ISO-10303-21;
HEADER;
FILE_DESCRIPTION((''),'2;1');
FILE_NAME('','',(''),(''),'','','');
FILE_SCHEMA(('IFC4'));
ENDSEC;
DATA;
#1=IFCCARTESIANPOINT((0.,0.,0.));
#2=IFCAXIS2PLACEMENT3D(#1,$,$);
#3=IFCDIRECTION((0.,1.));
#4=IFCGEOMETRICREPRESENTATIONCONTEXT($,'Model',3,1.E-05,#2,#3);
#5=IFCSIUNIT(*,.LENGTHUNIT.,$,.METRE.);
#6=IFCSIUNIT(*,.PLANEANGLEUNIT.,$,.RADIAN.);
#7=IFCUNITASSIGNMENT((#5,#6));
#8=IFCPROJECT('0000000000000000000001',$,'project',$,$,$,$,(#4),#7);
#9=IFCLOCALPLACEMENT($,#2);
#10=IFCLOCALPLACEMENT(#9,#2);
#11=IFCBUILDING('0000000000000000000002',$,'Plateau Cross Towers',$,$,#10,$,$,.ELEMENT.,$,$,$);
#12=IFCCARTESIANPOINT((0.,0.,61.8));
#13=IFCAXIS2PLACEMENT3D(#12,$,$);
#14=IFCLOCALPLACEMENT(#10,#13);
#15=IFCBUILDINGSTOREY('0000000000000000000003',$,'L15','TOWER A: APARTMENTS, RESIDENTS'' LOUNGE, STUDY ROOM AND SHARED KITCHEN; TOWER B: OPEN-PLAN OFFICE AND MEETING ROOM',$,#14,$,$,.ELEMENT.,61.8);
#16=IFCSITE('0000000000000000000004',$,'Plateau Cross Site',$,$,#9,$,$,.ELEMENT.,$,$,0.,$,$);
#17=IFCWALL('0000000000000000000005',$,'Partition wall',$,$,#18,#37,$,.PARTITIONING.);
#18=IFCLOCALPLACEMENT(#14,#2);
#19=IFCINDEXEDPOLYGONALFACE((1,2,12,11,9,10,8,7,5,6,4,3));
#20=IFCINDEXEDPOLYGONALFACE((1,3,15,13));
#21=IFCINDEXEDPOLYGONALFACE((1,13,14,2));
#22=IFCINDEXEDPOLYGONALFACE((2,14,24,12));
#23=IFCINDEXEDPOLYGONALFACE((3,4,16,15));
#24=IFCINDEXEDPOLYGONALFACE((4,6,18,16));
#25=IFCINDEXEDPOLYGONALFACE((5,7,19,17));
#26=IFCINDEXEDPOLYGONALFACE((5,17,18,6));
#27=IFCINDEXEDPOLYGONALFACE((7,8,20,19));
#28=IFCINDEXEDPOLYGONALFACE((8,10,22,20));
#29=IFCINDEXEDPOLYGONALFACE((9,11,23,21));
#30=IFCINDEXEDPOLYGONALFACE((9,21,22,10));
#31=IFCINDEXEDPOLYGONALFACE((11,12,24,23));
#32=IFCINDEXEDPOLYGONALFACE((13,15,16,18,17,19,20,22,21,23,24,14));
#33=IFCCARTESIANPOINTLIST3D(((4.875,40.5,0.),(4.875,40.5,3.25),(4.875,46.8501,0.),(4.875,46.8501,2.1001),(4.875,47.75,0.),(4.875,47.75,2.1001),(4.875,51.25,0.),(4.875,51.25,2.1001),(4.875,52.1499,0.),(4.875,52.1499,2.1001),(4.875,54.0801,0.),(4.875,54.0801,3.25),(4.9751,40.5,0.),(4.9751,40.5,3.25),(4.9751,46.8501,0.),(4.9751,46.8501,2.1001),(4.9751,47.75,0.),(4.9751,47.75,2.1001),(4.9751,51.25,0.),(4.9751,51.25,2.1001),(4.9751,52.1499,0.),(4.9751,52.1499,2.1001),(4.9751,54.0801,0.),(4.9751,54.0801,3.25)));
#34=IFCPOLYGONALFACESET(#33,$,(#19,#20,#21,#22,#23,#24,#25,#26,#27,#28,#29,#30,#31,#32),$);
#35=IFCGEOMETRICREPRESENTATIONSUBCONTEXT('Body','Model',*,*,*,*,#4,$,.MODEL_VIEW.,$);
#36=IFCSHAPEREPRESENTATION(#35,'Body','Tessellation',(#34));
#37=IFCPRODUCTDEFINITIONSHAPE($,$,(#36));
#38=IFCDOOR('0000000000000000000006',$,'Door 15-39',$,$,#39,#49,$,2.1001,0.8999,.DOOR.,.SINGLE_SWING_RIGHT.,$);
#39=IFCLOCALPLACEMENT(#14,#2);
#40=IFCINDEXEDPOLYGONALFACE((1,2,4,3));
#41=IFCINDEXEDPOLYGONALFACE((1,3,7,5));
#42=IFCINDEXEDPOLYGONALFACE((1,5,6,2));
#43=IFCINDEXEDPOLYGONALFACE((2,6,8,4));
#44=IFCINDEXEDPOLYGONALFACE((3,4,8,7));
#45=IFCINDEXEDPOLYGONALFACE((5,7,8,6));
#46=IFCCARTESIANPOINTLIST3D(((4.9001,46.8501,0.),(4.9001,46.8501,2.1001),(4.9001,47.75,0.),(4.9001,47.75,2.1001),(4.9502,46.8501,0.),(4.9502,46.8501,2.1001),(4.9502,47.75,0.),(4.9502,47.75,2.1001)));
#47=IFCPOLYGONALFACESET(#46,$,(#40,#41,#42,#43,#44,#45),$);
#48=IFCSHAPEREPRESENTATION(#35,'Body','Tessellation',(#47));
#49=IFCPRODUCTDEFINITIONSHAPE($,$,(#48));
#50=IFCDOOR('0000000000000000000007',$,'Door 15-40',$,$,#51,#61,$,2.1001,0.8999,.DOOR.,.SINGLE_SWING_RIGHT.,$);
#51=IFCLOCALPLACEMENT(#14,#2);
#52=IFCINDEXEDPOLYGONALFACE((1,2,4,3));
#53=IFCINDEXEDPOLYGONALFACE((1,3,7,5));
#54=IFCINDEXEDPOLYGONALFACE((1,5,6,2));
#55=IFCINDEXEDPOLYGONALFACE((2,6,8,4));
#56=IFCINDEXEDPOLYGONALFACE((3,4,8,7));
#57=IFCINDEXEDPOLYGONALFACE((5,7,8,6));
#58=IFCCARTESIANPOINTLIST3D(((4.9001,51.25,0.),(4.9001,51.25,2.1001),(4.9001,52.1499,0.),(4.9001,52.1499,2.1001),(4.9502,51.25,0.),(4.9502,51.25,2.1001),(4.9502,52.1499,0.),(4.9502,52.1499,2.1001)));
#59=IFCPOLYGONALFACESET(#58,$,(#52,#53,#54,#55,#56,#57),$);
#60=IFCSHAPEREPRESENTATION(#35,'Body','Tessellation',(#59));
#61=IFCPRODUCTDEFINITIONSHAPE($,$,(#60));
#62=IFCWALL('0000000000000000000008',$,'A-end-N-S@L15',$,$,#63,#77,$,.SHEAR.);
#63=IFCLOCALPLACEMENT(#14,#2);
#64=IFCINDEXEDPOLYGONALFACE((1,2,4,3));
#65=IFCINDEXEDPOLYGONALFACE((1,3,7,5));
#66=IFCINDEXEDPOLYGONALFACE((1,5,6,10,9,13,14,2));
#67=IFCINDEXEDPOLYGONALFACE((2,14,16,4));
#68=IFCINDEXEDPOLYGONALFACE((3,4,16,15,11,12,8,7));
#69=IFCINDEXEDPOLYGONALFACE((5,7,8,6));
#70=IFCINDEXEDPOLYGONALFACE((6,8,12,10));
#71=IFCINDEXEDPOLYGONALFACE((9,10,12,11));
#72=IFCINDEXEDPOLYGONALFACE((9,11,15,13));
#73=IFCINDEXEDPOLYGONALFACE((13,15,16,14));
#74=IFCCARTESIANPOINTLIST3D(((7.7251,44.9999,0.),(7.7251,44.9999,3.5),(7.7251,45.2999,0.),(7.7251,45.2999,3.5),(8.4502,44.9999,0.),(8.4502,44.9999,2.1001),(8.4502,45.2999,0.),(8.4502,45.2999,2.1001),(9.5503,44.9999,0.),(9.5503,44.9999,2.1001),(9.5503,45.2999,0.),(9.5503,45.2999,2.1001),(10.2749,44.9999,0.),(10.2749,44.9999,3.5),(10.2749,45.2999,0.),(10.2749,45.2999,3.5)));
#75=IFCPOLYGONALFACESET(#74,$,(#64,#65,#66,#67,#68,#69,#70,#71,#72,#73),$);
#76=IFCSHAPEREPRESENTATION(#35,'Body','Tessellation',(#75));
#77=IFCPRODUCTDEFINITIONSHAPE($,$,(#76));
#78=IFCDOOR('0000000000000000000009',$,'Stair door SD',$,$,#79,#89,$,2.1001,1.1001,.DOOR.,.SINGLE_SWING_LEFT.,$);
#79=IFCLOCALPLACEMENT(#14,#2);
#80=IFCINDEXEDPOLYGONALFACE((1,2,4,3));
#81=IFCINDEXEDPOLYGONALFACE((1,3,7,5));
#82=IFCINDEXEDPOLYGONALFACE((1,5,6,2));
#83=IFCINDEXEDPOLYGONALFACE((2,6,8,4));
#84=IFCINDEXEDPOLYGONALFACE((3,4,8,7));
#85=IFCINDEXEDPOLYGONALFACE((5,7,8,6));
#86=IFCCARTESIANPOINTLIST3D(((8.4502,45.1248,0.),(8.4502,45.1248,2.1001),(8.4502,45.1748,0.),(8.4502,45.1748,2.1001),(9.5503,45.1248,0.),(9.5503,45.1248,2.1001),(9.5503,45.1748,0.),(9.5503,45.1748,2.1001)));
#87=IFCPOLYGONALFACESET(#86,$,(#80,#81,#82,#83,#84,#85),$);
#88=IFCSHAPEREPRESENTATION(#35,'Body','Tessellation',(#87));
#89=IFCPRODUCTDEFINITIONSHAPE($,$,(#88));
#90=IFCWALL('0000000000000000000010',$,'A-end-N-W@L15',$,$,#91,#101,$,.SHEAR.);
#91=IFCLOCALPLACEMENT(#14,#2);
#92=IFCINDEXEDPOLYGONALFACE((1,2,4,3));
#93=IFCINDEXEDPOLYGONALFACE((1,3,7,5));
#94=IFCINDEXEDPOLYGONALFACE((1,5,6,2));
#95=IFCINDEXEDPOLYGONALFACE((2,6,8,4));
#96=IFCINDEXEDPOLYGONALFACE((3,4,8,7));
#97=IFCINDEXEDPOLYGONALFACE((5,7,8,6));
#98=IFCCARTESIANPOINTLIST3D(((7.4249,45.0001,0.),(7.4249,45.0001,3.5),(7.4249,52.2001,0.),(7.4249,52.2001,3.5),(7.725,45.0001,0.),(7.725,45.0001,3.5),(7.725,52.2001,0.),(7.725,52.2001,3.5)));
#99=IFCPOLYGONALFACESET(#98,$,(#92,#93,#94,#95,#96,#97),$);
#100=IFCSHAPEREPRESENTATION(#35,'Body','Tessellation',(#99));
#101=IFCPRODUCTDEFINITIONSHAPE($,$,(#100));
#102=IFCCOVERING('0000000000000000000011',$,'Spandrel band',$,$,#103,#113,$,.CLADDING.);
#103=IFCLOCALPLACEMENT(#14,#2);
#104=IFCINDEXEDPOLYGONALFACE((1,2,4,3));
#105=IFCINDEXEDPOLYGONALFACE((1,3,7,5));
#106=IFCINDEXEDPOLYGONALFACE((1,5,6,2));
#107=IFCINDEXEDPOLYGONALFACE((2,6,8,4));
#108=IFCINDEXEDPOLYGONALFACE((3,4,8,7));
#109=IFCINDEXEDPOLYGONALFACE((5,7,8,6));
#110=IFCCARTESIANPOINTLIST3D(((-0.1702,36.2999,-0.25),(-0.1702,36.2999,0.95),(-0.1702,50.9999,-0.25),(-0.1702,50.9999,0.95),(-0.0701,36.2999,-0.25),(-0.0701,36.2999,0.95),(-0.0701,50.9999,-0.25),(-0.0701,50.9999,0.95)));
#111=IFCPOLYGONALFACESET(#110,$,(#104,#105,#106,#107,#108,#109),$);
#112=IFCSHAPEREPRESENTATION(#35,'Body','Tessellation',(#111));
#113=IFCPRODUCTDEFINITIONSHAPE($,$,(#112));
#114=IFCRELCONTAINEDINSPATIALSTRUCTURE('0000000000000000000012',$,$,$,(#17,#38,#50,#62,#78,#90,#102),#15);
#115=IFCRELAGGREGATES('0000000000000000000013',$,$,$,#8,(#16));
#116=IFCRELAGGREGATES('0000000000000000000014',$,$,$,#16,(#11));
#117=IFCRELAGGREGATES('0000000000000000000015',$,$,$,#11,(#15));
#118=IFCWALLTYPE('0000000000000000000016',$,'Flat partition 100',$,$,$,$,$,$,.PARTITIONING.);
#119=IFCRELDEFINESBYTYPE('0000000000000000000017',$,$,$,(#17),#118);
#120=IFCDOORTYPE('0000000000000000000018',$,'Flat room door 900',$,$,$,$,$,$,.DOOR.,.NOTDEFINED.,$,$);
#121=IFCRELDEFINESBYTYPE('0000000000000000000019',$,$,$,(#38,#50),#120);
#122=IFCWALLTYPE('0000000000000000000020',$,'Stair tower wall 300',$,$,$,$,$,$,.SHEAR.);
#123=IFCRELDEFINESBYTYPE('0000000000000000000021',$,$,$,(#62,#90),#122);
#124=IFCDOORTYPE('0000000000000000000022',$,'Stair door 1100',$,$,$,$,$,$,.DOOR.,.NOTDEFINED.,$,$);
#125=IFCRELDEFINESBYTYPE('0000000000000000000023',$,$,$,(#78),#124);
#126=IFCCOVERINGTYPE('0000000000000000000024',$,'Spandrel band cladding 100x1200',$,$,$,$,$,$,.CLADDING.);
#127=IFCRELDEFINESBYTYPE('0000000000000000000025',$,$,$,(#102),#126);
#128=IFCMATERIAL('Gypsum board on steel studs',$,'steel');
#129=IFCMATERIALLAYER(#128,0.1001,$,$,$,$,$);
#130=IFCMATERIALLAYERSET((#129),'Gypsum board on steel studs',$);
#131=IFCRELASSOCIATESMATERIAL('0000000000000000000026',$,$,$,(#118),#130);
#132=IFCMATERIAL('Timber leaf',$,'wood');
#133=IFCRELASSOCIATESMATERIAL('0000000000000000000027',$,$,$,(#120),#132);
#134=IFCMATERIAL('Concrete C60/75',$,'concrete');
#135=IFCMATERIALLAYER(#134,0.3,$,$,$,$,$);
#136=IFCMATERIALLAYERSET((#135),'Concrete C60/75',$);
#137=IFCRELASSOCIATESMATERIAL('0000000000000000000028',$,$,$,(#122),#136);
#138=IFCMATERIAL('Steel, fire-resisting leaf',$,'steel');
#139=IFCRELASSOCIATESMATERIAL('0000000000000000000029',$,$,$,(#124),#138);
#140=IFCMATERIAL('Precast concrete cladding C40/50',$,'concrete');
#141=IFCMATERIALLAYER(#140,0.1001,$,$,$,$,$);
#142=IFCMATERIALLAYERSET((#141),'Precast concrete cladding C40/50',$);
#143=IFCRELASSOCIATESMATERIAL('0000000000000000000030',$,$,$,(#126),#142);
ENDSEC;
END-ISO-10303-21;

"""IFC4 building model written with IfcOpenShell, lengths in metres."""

from ifc_helpers import new_model, si_unit, direction, frame, frame_2d, origin, origin_2d, place, context, subcontext, project, spatial, rectangle, extrude, material, layer, layer_set, type_object, element, fill, save


model = new_model("IFC4")

# Units and contexts
model_context = context("Model", 3, precision=1e-05, world=origin(), true_north=direction((0.0, 1.0)))
body_context = subcontext(model_context, "Body", "Model", "MODEL_VIEW")
ifc_project = project(units=[si_unit("LENGTHUNIT", "METRE"), si_unit("PLANEANGLEUNIT", "RADIAN")], contexts=[model_context])

# Site, building, storey
site_placement = place(None, origin())
site = spatial("IfcSite", under=ifc_project, at=site_placement, Name="Plateau Cross Site", CompositionType="ELEMENT", RefElevation=0.0)
building_placement = place(site_placement, origin())
building = spatial("IfcBuilding", under=site, at=building_placement, Name="Plateau Cross Towers", CompositionType="ELEMENT")
storey_placement = place(building_placement, frame((0.0, 0.0, 61.8)))
storey = spatial("IfcBuildingStorey", under=building, at=storey_placement, Name="L15", Description="TOWER A: APARTMENTS, RESIDENTS' LOUNGE, STUDY ROOM AND SHARED KITCHEN; TOWER B: OPEN-PLAN OFFICE AND MEETING ROOM", CompositionType="ELEMENT", Elevation=61.8)

# Shared definitions
ifc_material_1 = material(Name="Gypsum board on steel studs", Category="steel")
ifc_layer_1 = layer(ifc_material_1, 0.1001)
ifc_layer_set_1 = layer_set([ifc_layer_1], Name="Gypsum board on steel studs")
wall_type_1 = type_object("IfcWallType", Name="Flat partition 100", PredefinedType="PARTITIONING", material=ifc_layer_set_1)

# Shared definitions
ifc_material_2 = material(Name="Timber leaf", Category="wood")
door_type_1 = type_object("IfcDoorType", Name="Flat room door 900", OperationType="NOTDEFINED", PredefinedType="DOOR", material=ifc_material_2)

# Wall, openings, doors
wall_1_placement = place(storey_placement, frame((4.925, 40.5, 0.0), z_axis=(0.0, 0.0, 1.0), x_axis=(0.0, 1.0, 0.0)))
wall_1 = element("IfcWall", 1, at=wall_1_placement, inside=storey, type_object=wall_type_1, Name="Partition wall", PredefinedType="PARTITIONING", context=body_context, shape_type="SweptSolid", body=[
    extrude(rectangle(XDim=13.5801, YDim=0.1001, at=frame_2d((6.79, 0.0))), origin(), (0.0, 0.0, 1.0), 3.25),
])
opening_1_placement = place(wall_1_placement, frame((6.3501, 0.0, 0.0)))
opening_1 = element("IfcOpeningElement", 2, at=opening_1_placement, cuts=wall_1, PredefinedType="OPENING", context=body_context, shape_type="SweptSolid", body=[
    extrude(rectangle(XDim=0.8999, YDim=2.1001, at=frame_2d((0.45, 1.05))), frame((0.0, 0.0601, 0.0), z_axis=(0.0, -1.0, 0.0), x_axis=(1.0, 0.0, 0.0)), (0.0, 0.0, 1.0), 0.1201),
])
opening_2_placement = place(wall_1_placement, frame((10.75, 0.0, 0.0)))
opening_2 = element("IfcOpeningElement", 3, at=opening_2_placement, cuts=wall_1, PredefinedType="OPENING", context=body_context, shape_type="SweptSolid", body=[
    extrude(rectangle(XDim=0.8999, YDim=2.1001, at=frame_2d((0.45, 1.05))), frame((0.0, 0.0601, 0.0), z_axis=(0.0, -1.0, 0.0), x_axis=(1.0, 0.0, 0.0)), (0.0, 0.0, 1.0), 0.1201),
])
door_1_placement = place(opening_1_placement, origin())
door_1 = element("IfcDoor", 4, at=door_1_placement, inside=storey, type_object=door_type_1, Name="Door 15-39", OperationType="SINGLE_SWING_RIGHT", OverallHeight=2.1001, OverallWidth=0.8999, PredefinedType="DOOR", context=body_context, shape_type="SweptSolid", body=[
    extrude(rectangle(XDim=0.8999, YDim=2.1001, at=frame_2d((0.45, 1.05))), frame((0.0, 0.0249, 0.0), z_axis=(0.0, -1.0, 0.0), x_axis=(1.0, 0.0, 0.0)), (0.0, 0.0, 1.0), 0.05),
])
fill(opening_1, door_1)
door_2_placement = place(opening_2_placement, origin())
door_2 = element("IfcDoor", 5, at=door_2_placement, inside=storey, type_object=door_type_1, Name="Door 15-40", OperationType="SINGLE_SWING_RIGHT", OverallHeight=2.1001, OverallWidth=0.8999, PredefinedType="DOOR", context=body_context, shape_type="SweptSolid", body=[
    extrude(rectangle(XDim=0.8999, YDim=2.1001, at=frame_2d((0.45, 1.05))), frame((0.0, 0.0249, 0.0), z_axis=(0.0, -1.0, 0.0), x_axis=(1.0, 0.0, 0.0)), (0.0, 0.0, 1.0), 0.05),
])
fill(opening_2, door_2)

# Wall, opening, door
ifc_material_3 = material(Name="Concrete C60/75", Category="concrete")
ifc_layer_2 = layer(ifc_material_3, 0.3)
ifc_layer_set_2 = layer_set([ifc_layer_2], Name="Concrete C60/75")
wall_type_2 = type_object("IfcWallType", Name="Stair tower wall 300", PredefinedType="SHEAR", material=ifc_layer_set_2)
wall_2_placement = place(storey_placement, frame((7.7251, 45.1499, 0.0), z_axis=(0.0, 0.0, 1.0), x_axis=(1.0, 0.0, 0.0)))
wall_2 = element("IfcWall", 6, at=wall_2_placement, inside=storey, type_object=wall_type_2, Name="A-end-N-S@L15", PredefinedType="SHEAR", context=body_context, shape_type="SweptSolid", body=[
    extrude(rectangle(XDim=2.5498, YDim=0.3, at=frame_2d((1.2749, 0.0))), origin(), (0.0, 0.0, 1.0), 3.5),
])
opening_3_placement = place(wall_2_placement, frame((0.7251, 0.0, 0.0)))
opening_3 = element("IfcOpeningElement", 7, at=opening_3_placement, cuts=wall_2, PredefinedType="OPENING", context=body_context, shape_type="SweptSolid", body=[
    extrude(rectangle(XDim=1.1001, YDim=2.1001, at=frame_2d((0.55, 1.05))), frame((0.0, 0.1599, 0.0), z_axis=(0.0, -1.0, 0.0), x_axis=(1.0, 0.0, 0.0)), (0.0, 0.0, 1.0), 0.3201),
])
ifc_material_4 = material(Name="Steel, fire-resisting leaf", Category="steel")
door_type_2 = type_object("IfcDoorType", Name="Stair door 1100", OperationType="NOTDEFINED", PredefinedType="DOOR", material=ifc_material_4)
door_3_placement = place(opening_3_placement, origin())
door_3 = element("IfcDoor", 8, at=door_3_placement, inside=storey, type_object=door_type_2, Name="Stair door SD", OperationType="SINGLE_SWING_LEFT", OverallHeight=2.1001, OverallWidth=1.1001, PredefinedType="DOOR", context=body_context, shape_type="SweptSolid", body=[
    extrude(rectangle(XDim=1.1001, YDim=2.1001, at=frame_2d((0.55, 1.05))), frame((0.0, 0.0249, 0.0), z_axis=(0.0, -1.0, 0.0), x_axis=(1.0, 0.0, 0.0)), (0.0, 0.0, 1.0), 0.05),
])
fill(opening_3, door_3)

# Wall
wall_3_placement = place(storey_placement, frame((7.575, 45.0, 0.0), z_axis=(0.0, 0.0, 1.0), x_axis=(0.0, 1.0, 0.0)))
element("IfcWall", 9, at=wall_3_placement, inside=storey, type_object=wall_type_2, Name="A-end-N-W@L15", PredefinedType="SHEAR", context=body_context, shape_type="SweptSolid", body=[
    extrude(rectangle(XDim=7.2, YDim=0.3, at=frame_2d((3.6001, 0.0))), origin(), (0.0, 0.0, 1.0), 3.5),
])

# Covering
ifc_material_5 = material(Name="Precast concrete cladding C40/50", Category="concrete")
ifc_layer_3 = layer(ifc_material_5, 0.1001)
ifc_layer_set_3 = layer_set([ifc_layer_3], Name="Precast concrete cladding C40/50")
covering_type = type_object("IfcCoveringType", Name="Spandrel band cladding 100x1200", PredefinedType="CLADDING", material=ifc_layer_set_3)
covering_placement = place(storey_placement, frame((-0.1201, 43.6499, -0.25), z_axis=(0.0, 0.0, 1.0), x_axis=(0.0, -1.0, 0.0)))
element("IfcCovering", 10, at=covering_placement, inside=storey, type_object=covering_type, Name="Spandrel band", PredefinedType="CLADDING", context=body_context, shape_type="SweptSolid", body=[
    extrude(rectangle(XDim=14.7, YDim=0.1001, at=origin_2d()), origin(), (0.0, 0.0, 1.0), 1.2),
])

save(model, "model.ifc")
